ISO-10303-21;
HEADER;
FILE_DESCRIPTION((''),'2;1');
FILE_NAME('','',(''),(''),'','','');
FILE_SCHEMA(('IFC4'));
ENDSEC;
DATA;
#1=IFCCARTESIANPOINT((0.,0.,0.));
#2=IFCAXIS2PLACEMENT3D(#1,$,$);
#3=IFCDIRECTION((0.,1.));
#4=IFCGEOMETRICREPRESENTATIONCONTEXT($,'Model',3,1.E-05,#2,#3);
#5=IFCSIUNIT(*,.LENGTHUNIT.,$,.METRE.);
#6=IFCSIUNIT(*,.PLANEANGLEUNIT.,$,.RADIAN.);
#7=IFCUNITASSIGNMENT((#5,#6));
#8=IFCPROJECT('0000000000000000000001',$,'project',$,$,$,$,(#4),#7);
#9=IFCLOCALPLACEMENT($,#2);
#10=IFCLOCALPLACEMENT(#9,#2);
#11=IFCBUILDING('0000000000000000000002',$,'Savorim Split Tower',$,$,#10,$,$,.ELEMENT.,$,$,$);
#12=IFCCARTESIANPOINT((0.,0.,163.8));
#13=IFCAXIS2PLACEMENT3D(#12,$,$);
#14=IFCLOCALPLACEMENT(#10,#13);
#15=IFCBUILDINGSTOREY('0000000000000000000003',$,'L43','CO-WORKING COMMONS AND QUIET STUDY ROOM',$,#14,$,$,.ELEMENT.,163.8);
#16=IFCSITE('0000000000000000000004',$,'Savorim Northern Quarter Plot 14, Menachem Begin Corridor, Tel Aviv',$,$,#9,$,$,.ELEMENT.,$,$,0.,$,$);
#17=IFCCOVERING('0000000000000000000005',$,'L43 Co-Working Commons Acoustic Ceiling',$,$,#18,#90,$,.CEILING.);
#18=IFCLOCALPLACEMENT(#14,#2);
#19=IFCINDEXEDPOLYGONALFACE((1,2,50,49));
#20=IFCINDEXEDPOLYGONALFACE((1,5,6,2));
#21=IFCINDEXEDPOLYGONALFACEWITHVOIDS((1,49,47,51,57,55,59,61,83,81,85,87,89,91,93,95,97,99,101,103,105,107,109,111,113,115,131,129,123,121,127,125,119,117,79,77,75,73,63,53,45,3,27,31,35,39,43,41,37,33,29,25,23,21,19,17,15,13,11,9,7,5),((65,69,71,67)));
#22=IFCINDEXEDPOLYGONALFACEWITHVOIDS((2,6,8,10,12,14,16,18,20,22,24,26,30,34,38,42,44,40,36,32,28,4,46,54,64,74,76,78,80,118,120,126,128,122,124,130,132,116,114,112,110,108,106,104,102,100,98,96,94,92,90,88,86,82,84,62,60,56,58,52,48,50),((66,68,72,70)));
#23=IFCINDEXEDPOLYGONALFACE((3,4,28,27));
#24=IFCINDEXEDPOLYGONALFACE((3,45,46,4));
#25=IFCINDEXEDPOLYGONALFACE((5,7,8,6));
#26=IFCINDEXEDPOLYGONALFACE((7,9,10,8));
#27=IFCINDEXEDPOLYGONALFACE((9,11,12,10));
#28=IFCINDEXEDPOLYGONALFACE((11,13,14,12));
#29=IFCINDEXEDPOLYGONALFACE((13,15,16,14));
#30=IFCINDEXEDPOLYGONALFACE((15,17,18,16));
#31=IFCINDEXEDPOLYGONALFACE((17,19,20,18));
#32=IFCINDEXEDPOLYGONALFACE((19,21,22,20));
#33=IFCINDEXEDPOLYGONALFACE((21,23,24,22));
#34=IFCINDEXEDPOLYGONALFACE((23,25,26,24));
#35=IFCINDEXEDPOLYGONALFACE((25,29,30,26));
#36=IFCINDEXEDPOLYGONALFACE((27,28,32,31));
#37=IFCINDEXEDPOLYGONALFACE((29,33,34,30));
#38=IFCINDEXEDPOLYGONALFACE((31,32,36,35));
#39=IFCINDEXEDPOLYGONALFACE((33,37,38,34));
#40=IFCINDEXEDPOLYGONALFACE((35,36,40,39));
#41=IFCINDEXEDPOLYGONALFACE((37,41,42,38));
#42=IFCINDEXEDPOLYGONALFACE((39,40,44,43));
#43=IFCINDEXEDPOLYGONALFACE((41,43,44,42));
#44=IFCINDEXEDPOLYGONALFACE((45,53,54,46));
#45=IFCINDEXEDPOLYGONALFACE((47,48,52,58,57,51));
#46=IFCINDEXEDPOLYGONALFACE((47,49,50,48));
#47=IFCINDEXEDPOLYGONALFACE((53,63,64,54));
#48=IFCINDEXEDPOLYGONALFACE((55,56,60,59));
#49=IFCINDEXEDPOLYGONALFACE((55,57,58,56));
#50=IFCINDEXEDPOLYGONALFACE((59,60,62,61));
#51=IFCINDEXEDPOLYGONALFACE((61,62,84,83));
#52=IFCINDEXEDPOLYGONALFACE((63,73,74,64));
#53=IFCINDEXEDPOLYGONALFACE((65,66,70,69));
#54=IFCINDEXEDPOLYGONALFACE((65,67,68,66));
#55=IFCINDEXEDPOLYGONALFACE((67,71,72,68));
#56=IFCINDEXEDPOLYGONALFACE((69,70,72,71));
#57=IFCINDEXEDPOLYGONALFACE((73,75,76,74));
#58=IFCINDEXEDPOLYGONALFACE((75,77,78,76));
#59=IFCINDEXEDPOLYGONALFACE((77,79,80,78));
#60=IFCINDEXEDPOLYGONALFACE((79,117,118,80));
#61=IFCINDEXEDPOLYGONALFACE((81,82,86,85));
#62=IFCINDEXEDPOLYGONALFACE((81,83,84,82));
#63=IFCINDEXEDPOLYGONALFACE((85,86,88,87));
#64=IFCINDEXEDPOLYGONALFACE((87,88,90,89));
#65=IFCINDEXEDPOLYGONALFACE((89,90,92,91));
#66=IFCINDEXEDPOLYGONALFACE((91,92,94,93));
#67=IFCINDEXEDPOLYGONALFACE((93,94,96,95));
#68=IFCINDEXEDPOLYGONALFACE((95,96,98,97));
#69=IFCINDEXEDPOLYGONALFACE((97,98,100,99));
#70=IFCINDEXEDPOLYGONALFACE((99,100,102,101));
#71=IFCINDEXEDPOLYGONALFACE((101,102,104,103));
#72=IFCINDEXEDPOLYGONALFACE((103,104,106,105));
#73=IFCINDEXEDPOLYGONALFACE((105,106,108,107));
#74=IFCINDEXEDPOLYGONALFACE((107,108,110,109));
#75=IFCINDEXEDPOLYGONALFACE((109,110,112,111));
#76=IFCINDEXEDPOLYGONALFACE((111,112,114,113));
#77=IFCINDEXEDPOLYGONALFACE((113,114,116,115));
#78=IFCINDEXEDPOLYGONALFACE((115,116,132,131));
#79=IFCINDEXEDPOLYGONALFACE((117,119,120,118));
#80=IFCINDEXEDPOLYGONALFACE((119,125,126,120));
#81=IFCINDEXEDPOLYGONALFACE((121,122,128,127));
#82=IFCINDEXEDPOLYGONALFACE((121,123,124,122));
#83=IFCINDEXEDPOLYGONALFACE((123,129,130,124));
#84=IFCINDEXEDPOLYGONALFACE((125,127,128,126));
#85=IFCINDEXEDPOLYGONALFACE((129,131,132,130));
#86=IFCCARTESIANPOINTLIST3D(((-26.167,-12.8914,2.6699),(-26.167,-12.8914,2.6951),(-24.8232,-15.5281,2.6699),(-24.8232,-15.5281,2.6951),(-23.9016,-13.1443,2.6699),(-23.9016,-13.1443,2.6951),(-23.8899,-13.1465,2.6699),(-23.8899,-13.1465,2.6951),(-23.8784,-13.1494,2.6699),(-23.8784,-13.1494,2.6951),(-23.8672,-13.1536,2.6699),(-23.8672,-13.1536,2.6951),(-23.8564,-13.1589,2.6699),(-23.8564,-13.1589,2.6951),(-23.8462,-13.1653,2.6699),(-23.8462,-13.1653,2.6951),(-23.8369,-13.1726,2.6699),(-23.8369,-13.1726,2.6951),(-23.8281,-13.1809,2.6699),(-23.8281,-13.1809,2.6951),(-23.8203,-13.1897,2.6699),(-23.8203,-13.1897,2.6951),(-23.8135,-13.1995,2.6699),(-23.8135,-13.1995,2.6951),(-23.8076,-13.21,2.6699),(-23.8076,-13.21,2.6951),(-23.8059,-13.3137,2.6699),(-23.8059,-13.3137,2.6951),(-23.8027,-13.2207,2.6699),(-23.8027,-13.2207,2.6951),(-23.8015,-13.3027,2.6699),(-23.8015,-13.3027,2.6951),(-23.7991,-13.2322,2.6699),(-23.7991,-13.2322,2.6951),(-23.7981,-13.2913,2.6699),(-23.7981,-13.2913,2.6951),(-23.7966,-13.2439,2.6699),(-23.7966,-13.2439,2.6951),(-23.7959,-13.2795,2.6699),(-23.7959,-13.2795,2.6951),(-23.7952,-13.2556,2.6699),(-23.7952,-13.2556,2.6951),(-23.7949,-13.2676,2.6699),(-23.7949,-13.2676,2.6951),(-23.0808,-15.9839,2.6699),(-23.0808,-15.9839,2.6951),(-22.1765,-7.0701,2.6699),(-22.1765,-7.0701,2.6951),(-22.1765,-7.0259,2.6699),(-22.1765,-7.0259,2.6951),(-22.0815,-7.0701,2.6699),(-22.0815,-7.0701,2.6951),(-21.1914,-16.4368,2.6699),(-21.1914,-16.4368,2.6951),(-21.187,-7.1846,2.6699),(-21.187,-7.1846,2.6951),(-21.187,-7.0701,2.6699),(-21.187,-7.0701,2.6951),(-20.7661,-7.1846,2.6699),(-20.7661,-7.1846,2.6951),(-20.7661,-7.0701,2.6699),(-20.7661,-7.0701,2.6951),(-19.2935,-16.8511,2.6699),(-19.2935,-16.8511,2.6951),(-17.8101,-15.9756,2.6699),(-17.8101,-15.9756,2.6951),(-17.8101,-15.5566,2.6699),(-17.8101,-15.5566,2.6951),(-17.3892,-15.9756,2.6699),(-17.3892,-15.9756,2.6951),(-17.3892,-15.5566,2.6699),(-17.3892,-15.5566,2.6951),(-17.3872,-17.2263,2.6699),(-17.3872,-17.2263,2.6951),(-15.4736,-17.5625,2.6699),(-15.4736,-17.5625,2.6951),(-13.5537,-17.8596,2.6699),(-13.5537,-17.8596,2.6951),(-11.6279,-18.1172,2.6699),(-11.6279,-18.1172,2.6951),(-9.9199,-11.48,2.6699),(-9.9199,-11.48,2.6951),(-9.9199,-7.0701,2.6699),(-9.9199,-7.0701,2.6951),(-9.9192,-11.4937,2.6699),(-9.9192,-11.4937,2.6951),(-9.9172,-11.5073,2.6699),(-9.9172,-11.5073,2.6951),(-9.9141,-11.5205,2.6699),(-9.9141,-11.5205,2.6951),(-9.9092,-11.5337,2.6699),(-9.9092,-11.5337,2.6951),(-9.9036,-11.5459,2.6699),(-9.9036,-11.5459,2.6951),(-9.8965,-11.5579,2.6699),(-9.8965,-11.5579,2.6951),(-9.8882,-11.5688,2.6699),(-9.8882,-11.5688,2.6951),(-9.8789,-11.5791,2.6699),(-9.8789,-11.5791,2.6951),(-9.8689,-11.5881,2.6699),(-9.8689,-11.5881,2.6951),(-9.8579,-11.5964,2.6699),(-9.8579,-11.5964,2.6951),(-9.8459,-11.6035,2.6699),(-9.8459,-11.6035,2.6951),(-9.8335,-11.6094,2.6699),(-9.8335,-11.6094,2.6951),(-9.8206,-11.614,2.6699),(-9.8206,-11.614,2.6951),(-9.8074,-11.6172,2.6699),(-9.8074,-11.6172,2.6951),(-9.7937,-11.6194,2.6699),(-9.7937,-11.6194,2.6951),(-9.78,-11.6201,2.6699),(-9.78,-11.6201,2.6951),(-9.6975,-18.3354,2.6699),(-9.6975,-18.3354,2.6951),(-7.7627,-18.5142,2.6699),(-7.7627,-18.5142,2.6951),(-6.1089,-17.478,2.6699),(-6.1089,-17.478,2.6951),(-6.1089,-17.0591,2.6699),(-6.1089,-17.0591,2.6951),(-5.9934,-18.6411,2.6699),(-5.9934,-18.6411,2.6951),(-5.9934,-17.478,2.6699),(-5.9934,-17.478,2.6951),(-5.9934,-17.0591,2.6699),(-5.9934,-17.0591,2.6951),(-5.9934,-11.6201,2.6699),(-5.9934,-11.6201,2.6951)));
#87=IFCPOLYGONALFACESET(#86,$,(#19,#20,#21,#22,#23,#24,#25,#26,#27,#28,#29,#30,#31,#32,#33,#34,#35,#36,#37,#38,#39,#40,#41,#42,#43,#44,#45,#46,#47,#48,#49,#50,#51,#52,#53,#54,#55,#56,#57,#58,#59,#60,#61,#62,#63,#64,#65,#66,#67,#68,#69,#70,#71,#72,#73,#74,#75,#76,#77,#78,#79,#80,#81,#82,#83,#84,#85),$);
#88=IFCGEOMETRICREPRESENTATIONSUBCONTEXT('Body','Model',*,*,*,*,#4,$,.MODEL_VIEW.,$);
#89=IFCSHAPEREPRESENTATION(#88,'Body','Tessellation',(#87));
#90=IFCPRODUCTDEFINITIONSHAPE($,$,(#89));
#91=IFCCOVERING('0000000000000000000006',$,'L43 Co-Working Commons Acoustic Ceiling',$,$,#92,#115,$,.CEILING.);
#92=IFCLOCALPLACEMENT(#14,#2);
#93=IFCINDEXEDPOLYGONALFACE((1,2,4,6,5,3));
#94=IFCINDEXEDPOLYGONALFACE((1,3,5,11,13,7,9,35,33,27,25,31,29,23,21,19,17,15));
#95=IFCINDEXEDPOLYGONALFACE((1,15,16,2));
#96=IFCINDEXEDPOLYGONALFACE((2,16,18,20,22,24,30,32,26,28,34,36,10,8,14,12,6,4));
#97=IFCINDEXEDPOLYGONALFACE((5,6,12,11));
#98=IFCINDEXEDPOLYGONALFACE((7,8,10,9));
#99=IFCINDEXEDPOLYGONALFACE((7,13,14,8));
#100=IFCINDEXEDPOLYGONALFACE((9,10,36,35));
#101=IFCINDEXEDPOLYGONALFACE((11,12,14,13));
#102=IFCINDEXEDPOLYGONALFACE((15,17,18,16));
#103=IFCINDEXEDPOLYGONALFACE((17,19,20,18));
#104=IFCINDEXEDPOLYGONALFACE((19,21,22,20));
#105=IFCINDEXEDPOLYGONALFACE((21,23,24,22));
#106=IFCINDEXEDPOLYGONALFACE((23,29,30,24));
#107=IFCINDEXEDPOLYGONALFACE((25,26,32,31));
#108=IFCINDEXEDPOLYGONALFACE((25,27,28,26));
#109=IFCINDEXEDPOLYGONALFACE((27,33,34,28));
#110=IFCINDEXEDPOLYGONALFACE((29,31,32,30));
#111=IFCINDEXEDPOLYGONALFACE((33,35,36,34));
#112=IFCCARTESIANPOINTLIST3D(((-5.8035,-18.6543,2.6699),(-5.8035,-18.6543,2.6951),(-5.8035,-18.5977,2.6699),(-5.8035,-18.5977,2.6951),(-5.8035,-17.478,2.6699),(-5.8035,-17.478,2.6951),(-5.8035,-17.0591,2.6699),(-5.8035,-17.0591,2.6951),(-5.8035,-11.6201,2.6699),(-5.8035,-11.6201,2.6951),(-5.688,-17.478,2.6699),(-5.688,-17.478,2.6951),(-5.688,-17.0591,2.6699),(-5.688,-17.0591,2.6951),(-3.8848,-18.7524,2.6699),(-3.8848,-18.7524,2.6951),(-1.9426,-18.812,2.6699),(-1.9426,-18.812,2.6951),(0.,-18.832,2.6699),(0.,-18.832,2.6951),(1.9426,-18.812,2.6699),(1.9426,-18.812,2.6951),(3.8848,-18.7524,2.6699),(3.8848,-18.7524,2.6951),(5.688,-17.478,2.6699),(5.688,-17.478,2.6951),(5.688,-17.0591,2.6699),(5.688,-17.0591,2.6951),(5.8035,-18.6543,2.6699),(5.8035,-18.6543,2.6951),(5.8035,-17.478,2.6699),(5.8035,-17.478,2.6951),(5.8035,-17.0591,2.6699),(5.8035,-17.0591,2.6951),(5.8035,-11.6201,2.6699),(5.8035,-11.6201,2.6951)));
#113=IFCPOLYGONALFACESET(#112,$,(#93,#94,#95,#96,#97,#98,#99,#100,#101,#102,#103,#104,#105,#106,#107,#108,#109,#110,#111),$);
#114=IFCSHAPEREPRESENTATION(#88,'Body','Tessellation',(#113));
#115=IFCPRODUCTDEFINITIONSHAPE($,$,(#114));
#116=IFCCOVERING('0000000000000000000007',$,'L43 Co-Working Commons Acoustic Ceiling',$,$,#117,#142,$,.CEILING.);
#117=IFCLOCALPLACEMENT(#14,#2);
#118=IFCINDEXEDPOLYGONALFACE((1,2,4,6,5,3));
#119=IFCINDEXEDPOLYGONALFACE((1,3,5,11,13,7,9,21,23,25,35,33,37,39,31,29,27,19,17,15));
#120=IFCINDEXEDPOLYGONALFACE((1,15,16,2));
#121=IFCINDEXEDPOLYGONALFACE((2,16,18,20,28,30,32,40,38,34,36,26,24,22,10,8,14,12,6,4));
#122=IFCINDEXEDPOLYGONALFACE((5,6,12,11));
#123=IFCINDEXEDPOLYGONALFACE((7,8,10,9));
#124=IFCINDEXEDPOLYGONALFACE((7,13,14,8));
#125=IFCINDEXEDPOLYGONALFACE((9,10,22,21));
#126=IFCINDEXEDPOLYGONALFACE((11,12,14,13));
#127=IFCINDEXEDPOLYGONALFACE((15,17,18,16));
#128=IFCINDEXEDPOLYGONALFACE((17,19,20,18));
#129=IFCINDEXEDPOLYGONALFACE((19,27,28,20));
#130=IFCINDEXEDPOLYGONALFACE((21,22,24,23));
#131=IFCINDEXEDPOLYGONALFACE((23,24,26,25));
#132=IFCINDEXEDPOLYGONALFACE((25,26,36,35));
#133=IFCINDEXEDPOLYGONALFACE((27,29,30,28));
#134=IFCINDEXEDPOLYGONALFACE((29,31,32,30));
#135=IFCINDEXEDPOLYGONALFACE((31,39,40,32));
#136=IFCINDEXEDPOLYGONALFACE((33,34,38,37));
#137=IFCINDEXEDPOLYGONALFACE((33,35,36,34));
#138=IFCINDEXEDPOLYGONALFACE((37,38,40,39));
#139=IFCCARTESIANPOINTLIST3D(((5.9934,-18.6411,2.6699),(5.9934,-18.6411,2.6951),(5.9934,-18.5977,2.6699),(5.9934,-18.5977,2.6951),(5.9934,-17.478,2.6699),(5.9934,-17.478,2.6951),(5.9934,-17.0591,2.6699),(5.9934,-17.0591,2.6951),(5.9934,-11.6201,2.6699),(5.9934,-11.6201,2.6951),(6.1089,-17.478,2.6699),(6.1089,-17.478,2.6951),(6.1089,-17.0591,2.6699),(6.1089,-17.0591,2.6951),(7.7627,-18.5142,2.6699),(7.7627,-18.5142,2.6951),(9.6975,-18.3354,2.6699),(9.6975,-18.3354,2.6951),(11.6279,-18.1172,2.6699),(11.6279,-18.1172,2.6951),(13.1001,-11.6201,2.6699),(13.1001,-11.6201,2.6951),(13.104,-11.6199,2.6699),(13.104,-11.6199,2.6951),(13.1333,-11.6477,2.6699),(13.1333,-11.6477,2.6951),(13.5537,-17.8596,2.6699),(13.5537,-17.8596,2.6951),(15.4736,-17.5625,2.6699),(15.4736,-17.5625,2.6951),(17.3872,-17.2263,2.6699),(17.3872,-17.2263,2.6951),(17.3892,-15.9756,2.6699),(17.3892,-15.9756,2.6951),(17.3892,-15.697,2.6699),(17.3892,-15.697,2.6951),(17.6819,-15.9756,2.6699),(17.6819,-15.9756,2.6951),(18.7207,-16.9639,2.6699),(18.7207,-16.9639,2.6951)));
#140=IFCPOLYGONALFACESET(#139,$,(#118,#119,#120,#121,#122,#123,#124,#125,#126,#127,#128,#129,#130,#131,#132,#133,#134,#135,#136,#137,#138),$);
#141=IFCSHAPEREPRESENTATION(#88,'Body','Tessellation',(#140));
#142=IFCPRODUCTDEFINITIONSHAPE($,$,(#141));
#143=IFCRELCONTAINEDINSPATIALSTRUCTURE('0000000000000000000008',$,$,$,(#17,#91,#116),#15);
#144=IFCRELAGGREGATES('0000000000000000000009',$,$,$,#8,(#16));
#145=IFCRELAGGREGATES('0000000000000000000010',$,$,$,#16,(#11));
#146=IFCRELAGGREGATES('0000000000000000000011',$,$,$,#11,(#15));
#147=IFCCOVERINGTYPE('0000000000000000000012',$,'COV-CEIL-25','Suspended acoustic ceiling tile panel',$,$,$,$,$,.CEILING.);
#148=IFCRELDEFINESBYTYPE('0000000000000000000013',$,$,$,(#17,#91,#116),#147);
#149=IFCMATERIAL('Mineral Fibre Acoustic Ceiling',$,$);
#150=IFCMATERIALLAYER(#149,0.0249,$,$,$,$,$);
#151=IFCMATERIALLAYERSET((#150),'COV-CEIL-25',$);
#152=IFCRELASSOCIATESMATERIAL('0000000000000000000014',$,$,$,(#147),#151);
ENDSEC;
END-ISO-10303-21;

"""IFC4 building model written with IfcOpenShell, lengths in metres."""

from ifc_helpers import new_model, si_unit, direction, frame, origin, place, context, subcontext, project, spatial, polyline, outline, extrude, material, layer, layer_set, type_object, element, save


model = new_model("IFC4")

# Units and contexts
model_context = context("Model", 3, precision=1e-05, world=origin(), true_north=direction((0.0, 1.0)))
body_context = subcontext(model_context, "Body", "Model", "MODEL_VIEW")
ifc_project = project(units=[si_unit("LENGTHUNIT", "METRE"), si_unit("PLANEANGLEUNIT", "RADIAN")], contexts=[model_context])

# Site, building, storey
site_placement = place(None, origin())
site = spatial("IfcSite", under=ifc_project, at=site_placement, Name="Savorim Northern Quarter Plot 14, Menachem Begin Corridor, Tel Aviv", CompositionType="ELEMENT", RefElevation=0.0)
building_placement = place(site_placement, origin())
building = spatial("IfcBuilding", under=site, at=building_placement, Name="Savorim Split Tower", CompositionType="ELEMENT")
storey_placement = place(building_placement, frame((0.0, 0.0, 163.8)))
storey = spatial("IfcBuildingStorey", under=building, at=storey_placement, Name="L43", Description="CO-WORKING COMMONS AND QUIET STUDY ROOM", CompositionType="ELEMENT", Elevation=163.8)

# Coverings
ifc_material_1 = material(Name="Mineral Fibre Acoustic Ceiling")
ifc_layer_1 = layer(ifc_material_1, 0.0249)
ifc_layer_set_1 = layer_set([ifc_layer_1], Name="COV-CEIL-25")
covering_type_1 = type_object("IfcCoveringType", Name="COV-CEIL-25", Description="Suspended acoustic ceiling tile panel", PredefinedType="CEILING", material=ifc_layer_set_1)
covering_1_placement = place(storey_placement, frame((0.0, 0.0, 2.6699)))
element("IfcCovering", 1, at=covering_1_placement, inside=storey, type_object=covering_type_1, Name="L43 Co-Working Commons Acoustic Ceiling", PredefinedType="CEILING", context=body_context, shape_type="SweptSolid", body=[
    extrude(outline(polyline([(-23.7952, -13.2556), (-23.7949, -13.2676), (-23.7959, -13.2795), (-23.7981, -13.2913), (-23.8015, -13.3027), (-23.8059, -13.3137), (-24.8232, -15.5281), (-23.0808, -15.9839), (-21.1914, -16.4368), (-19.2935, -16.8511), (-17.3872, -17.2263), (-15.4736, -17.5625), (-13.5537, -17.8596), (-11.6279, -18.1172), (-9.6975, -18.3354), (-7.7627, -18.5142), (-5.9934, -18.6411), (-5.9934, -17.478), (-6.1089, -17.478), (-6.1089, -17.0591), (-5.9934, -17.0591), (-5.9934, -11.6201), (-9.78, -11.6201), (-9.7937, -11.6194), (-9.8074, -11.6172), (-9.8206, -11.614), (-9.8335, -11.6094), (-9.8459, -11.6035), (-9.8579, -11.5964), (-9.8689, -11.5881), (-9.8789, -11.5791), (-9.8882, -11.5688), (-9.8965, -11.5579), (-9.9036, -11.5459), (-9.9092, -11.5337), (-9.9141, -11.5205), (-9.9172, -11.5073), (-9.9192, -11.4937), (-9.9199, -11.48), (-9.9199, -7.0701), (-20.7661, -7.0701), (-20.7661, -7.1846), (-21.187, -7.1846), (-21.187, -7.0701), (-22.0815, -7.0701), (-22.1765, -7.0701), (-22.1765, -7.0259), (-26.167, -12.8914), (-23.9016, -13.1443), (-23.8899, -13.1465), (-23.8784, -13.1494), (-23.8672, -13.1536), (-23.8564, -13.1589), (-23.8462, -13.1653), (-23.8369, -13.1726), (-23.8281, -13.1809), (-23.8203, -13.1897), (-23.8135, -13.1995), (-23.8076, -13.21), (-23.8027, -13.2207), (-23.7991, -13.2322), (-23.7966, -13.2439), (-23.7952, -13.2556)]), holes=[polyline([(-17.8101, -15.9756), (-17.3892, -15.9756), (-17.3892, -15.5566), (-17.8101, -15.5566), (-17.8101, -15.9756)])]), origin(), (0.0, 0.0, 1.0), 0.0251),
])
covering_2_placement = place(storey_placement, frame((0.0, 0.0, 2.6699)))
element("IfcCovering", 2, at=covering_2_placement, inside=storey, type_object=covering_type_1, Name="L43 Co-Working Commons Acoustic Ceiling", PredefinedType="CEILING", context=body_context, shape_type="SweptSolid", body=[
    extrude(outline(polyline([(-1.9426, -18.812), (0.0, -18.832), (1.9426, -18.812), (3.8848, -18.7524), (5.8035, -18.6543), (5.8035, -17.478), (5.688, -17.478), (5.688, -17.0591), (5.8035, -17.0591), (5.8035, -11.6201), (-5.8035, -11.6201), (-5.8035, -17.0591), (-5.688, -17.0591), (-5.688, -17.478), (-5.8035, -17.478), (-5.8035, -18.5977), (-5.8035, -18.6543), (-3.8848, -18.7524), (-1.9426, -18.812)])), origin(), (0.0, 0.0, 1.0), 0.0251),
])
covering_3_placement = place(storey_placement, frame((0.0, 0.0, 2.6699)))
element("IfcCovering", 3, at=covering_3_placement, inside=storey, type_object=covering_type_1, Name="L43 Co-Working Commons Acoustic Ceiling", PredefinedType="CEILING", context=body_context, shape_type="SweptSolid", body=[
    extrude(outline(polyline([(11.6279, -18.1172), (13.5537, -17.8596), (15.4736, -17.5625), (17.3872, -17.2263), (18.7207, -16.9639), (17.6819, -15.9756), (17.3892, -15.9756), (17.3892, -15.697), (13.1333, -11.6477), (13.104, -11.6199), (13.1001, -11.6201), (5.9934, -11.6201), (5.9934, -17.0591), (6.1089, -17.0591), (6.1089, -17.478), (5.9934, -17.478), (5.9934, -18.5977), (5.9934, -18.6411), (7.7627, -18.5142), (9.6975, -18.3354), (11.6279, -18.1172)])), origin(), (0.0, 0.0, 1.0), 0.0251),
])

save(model, "model.ifc")
